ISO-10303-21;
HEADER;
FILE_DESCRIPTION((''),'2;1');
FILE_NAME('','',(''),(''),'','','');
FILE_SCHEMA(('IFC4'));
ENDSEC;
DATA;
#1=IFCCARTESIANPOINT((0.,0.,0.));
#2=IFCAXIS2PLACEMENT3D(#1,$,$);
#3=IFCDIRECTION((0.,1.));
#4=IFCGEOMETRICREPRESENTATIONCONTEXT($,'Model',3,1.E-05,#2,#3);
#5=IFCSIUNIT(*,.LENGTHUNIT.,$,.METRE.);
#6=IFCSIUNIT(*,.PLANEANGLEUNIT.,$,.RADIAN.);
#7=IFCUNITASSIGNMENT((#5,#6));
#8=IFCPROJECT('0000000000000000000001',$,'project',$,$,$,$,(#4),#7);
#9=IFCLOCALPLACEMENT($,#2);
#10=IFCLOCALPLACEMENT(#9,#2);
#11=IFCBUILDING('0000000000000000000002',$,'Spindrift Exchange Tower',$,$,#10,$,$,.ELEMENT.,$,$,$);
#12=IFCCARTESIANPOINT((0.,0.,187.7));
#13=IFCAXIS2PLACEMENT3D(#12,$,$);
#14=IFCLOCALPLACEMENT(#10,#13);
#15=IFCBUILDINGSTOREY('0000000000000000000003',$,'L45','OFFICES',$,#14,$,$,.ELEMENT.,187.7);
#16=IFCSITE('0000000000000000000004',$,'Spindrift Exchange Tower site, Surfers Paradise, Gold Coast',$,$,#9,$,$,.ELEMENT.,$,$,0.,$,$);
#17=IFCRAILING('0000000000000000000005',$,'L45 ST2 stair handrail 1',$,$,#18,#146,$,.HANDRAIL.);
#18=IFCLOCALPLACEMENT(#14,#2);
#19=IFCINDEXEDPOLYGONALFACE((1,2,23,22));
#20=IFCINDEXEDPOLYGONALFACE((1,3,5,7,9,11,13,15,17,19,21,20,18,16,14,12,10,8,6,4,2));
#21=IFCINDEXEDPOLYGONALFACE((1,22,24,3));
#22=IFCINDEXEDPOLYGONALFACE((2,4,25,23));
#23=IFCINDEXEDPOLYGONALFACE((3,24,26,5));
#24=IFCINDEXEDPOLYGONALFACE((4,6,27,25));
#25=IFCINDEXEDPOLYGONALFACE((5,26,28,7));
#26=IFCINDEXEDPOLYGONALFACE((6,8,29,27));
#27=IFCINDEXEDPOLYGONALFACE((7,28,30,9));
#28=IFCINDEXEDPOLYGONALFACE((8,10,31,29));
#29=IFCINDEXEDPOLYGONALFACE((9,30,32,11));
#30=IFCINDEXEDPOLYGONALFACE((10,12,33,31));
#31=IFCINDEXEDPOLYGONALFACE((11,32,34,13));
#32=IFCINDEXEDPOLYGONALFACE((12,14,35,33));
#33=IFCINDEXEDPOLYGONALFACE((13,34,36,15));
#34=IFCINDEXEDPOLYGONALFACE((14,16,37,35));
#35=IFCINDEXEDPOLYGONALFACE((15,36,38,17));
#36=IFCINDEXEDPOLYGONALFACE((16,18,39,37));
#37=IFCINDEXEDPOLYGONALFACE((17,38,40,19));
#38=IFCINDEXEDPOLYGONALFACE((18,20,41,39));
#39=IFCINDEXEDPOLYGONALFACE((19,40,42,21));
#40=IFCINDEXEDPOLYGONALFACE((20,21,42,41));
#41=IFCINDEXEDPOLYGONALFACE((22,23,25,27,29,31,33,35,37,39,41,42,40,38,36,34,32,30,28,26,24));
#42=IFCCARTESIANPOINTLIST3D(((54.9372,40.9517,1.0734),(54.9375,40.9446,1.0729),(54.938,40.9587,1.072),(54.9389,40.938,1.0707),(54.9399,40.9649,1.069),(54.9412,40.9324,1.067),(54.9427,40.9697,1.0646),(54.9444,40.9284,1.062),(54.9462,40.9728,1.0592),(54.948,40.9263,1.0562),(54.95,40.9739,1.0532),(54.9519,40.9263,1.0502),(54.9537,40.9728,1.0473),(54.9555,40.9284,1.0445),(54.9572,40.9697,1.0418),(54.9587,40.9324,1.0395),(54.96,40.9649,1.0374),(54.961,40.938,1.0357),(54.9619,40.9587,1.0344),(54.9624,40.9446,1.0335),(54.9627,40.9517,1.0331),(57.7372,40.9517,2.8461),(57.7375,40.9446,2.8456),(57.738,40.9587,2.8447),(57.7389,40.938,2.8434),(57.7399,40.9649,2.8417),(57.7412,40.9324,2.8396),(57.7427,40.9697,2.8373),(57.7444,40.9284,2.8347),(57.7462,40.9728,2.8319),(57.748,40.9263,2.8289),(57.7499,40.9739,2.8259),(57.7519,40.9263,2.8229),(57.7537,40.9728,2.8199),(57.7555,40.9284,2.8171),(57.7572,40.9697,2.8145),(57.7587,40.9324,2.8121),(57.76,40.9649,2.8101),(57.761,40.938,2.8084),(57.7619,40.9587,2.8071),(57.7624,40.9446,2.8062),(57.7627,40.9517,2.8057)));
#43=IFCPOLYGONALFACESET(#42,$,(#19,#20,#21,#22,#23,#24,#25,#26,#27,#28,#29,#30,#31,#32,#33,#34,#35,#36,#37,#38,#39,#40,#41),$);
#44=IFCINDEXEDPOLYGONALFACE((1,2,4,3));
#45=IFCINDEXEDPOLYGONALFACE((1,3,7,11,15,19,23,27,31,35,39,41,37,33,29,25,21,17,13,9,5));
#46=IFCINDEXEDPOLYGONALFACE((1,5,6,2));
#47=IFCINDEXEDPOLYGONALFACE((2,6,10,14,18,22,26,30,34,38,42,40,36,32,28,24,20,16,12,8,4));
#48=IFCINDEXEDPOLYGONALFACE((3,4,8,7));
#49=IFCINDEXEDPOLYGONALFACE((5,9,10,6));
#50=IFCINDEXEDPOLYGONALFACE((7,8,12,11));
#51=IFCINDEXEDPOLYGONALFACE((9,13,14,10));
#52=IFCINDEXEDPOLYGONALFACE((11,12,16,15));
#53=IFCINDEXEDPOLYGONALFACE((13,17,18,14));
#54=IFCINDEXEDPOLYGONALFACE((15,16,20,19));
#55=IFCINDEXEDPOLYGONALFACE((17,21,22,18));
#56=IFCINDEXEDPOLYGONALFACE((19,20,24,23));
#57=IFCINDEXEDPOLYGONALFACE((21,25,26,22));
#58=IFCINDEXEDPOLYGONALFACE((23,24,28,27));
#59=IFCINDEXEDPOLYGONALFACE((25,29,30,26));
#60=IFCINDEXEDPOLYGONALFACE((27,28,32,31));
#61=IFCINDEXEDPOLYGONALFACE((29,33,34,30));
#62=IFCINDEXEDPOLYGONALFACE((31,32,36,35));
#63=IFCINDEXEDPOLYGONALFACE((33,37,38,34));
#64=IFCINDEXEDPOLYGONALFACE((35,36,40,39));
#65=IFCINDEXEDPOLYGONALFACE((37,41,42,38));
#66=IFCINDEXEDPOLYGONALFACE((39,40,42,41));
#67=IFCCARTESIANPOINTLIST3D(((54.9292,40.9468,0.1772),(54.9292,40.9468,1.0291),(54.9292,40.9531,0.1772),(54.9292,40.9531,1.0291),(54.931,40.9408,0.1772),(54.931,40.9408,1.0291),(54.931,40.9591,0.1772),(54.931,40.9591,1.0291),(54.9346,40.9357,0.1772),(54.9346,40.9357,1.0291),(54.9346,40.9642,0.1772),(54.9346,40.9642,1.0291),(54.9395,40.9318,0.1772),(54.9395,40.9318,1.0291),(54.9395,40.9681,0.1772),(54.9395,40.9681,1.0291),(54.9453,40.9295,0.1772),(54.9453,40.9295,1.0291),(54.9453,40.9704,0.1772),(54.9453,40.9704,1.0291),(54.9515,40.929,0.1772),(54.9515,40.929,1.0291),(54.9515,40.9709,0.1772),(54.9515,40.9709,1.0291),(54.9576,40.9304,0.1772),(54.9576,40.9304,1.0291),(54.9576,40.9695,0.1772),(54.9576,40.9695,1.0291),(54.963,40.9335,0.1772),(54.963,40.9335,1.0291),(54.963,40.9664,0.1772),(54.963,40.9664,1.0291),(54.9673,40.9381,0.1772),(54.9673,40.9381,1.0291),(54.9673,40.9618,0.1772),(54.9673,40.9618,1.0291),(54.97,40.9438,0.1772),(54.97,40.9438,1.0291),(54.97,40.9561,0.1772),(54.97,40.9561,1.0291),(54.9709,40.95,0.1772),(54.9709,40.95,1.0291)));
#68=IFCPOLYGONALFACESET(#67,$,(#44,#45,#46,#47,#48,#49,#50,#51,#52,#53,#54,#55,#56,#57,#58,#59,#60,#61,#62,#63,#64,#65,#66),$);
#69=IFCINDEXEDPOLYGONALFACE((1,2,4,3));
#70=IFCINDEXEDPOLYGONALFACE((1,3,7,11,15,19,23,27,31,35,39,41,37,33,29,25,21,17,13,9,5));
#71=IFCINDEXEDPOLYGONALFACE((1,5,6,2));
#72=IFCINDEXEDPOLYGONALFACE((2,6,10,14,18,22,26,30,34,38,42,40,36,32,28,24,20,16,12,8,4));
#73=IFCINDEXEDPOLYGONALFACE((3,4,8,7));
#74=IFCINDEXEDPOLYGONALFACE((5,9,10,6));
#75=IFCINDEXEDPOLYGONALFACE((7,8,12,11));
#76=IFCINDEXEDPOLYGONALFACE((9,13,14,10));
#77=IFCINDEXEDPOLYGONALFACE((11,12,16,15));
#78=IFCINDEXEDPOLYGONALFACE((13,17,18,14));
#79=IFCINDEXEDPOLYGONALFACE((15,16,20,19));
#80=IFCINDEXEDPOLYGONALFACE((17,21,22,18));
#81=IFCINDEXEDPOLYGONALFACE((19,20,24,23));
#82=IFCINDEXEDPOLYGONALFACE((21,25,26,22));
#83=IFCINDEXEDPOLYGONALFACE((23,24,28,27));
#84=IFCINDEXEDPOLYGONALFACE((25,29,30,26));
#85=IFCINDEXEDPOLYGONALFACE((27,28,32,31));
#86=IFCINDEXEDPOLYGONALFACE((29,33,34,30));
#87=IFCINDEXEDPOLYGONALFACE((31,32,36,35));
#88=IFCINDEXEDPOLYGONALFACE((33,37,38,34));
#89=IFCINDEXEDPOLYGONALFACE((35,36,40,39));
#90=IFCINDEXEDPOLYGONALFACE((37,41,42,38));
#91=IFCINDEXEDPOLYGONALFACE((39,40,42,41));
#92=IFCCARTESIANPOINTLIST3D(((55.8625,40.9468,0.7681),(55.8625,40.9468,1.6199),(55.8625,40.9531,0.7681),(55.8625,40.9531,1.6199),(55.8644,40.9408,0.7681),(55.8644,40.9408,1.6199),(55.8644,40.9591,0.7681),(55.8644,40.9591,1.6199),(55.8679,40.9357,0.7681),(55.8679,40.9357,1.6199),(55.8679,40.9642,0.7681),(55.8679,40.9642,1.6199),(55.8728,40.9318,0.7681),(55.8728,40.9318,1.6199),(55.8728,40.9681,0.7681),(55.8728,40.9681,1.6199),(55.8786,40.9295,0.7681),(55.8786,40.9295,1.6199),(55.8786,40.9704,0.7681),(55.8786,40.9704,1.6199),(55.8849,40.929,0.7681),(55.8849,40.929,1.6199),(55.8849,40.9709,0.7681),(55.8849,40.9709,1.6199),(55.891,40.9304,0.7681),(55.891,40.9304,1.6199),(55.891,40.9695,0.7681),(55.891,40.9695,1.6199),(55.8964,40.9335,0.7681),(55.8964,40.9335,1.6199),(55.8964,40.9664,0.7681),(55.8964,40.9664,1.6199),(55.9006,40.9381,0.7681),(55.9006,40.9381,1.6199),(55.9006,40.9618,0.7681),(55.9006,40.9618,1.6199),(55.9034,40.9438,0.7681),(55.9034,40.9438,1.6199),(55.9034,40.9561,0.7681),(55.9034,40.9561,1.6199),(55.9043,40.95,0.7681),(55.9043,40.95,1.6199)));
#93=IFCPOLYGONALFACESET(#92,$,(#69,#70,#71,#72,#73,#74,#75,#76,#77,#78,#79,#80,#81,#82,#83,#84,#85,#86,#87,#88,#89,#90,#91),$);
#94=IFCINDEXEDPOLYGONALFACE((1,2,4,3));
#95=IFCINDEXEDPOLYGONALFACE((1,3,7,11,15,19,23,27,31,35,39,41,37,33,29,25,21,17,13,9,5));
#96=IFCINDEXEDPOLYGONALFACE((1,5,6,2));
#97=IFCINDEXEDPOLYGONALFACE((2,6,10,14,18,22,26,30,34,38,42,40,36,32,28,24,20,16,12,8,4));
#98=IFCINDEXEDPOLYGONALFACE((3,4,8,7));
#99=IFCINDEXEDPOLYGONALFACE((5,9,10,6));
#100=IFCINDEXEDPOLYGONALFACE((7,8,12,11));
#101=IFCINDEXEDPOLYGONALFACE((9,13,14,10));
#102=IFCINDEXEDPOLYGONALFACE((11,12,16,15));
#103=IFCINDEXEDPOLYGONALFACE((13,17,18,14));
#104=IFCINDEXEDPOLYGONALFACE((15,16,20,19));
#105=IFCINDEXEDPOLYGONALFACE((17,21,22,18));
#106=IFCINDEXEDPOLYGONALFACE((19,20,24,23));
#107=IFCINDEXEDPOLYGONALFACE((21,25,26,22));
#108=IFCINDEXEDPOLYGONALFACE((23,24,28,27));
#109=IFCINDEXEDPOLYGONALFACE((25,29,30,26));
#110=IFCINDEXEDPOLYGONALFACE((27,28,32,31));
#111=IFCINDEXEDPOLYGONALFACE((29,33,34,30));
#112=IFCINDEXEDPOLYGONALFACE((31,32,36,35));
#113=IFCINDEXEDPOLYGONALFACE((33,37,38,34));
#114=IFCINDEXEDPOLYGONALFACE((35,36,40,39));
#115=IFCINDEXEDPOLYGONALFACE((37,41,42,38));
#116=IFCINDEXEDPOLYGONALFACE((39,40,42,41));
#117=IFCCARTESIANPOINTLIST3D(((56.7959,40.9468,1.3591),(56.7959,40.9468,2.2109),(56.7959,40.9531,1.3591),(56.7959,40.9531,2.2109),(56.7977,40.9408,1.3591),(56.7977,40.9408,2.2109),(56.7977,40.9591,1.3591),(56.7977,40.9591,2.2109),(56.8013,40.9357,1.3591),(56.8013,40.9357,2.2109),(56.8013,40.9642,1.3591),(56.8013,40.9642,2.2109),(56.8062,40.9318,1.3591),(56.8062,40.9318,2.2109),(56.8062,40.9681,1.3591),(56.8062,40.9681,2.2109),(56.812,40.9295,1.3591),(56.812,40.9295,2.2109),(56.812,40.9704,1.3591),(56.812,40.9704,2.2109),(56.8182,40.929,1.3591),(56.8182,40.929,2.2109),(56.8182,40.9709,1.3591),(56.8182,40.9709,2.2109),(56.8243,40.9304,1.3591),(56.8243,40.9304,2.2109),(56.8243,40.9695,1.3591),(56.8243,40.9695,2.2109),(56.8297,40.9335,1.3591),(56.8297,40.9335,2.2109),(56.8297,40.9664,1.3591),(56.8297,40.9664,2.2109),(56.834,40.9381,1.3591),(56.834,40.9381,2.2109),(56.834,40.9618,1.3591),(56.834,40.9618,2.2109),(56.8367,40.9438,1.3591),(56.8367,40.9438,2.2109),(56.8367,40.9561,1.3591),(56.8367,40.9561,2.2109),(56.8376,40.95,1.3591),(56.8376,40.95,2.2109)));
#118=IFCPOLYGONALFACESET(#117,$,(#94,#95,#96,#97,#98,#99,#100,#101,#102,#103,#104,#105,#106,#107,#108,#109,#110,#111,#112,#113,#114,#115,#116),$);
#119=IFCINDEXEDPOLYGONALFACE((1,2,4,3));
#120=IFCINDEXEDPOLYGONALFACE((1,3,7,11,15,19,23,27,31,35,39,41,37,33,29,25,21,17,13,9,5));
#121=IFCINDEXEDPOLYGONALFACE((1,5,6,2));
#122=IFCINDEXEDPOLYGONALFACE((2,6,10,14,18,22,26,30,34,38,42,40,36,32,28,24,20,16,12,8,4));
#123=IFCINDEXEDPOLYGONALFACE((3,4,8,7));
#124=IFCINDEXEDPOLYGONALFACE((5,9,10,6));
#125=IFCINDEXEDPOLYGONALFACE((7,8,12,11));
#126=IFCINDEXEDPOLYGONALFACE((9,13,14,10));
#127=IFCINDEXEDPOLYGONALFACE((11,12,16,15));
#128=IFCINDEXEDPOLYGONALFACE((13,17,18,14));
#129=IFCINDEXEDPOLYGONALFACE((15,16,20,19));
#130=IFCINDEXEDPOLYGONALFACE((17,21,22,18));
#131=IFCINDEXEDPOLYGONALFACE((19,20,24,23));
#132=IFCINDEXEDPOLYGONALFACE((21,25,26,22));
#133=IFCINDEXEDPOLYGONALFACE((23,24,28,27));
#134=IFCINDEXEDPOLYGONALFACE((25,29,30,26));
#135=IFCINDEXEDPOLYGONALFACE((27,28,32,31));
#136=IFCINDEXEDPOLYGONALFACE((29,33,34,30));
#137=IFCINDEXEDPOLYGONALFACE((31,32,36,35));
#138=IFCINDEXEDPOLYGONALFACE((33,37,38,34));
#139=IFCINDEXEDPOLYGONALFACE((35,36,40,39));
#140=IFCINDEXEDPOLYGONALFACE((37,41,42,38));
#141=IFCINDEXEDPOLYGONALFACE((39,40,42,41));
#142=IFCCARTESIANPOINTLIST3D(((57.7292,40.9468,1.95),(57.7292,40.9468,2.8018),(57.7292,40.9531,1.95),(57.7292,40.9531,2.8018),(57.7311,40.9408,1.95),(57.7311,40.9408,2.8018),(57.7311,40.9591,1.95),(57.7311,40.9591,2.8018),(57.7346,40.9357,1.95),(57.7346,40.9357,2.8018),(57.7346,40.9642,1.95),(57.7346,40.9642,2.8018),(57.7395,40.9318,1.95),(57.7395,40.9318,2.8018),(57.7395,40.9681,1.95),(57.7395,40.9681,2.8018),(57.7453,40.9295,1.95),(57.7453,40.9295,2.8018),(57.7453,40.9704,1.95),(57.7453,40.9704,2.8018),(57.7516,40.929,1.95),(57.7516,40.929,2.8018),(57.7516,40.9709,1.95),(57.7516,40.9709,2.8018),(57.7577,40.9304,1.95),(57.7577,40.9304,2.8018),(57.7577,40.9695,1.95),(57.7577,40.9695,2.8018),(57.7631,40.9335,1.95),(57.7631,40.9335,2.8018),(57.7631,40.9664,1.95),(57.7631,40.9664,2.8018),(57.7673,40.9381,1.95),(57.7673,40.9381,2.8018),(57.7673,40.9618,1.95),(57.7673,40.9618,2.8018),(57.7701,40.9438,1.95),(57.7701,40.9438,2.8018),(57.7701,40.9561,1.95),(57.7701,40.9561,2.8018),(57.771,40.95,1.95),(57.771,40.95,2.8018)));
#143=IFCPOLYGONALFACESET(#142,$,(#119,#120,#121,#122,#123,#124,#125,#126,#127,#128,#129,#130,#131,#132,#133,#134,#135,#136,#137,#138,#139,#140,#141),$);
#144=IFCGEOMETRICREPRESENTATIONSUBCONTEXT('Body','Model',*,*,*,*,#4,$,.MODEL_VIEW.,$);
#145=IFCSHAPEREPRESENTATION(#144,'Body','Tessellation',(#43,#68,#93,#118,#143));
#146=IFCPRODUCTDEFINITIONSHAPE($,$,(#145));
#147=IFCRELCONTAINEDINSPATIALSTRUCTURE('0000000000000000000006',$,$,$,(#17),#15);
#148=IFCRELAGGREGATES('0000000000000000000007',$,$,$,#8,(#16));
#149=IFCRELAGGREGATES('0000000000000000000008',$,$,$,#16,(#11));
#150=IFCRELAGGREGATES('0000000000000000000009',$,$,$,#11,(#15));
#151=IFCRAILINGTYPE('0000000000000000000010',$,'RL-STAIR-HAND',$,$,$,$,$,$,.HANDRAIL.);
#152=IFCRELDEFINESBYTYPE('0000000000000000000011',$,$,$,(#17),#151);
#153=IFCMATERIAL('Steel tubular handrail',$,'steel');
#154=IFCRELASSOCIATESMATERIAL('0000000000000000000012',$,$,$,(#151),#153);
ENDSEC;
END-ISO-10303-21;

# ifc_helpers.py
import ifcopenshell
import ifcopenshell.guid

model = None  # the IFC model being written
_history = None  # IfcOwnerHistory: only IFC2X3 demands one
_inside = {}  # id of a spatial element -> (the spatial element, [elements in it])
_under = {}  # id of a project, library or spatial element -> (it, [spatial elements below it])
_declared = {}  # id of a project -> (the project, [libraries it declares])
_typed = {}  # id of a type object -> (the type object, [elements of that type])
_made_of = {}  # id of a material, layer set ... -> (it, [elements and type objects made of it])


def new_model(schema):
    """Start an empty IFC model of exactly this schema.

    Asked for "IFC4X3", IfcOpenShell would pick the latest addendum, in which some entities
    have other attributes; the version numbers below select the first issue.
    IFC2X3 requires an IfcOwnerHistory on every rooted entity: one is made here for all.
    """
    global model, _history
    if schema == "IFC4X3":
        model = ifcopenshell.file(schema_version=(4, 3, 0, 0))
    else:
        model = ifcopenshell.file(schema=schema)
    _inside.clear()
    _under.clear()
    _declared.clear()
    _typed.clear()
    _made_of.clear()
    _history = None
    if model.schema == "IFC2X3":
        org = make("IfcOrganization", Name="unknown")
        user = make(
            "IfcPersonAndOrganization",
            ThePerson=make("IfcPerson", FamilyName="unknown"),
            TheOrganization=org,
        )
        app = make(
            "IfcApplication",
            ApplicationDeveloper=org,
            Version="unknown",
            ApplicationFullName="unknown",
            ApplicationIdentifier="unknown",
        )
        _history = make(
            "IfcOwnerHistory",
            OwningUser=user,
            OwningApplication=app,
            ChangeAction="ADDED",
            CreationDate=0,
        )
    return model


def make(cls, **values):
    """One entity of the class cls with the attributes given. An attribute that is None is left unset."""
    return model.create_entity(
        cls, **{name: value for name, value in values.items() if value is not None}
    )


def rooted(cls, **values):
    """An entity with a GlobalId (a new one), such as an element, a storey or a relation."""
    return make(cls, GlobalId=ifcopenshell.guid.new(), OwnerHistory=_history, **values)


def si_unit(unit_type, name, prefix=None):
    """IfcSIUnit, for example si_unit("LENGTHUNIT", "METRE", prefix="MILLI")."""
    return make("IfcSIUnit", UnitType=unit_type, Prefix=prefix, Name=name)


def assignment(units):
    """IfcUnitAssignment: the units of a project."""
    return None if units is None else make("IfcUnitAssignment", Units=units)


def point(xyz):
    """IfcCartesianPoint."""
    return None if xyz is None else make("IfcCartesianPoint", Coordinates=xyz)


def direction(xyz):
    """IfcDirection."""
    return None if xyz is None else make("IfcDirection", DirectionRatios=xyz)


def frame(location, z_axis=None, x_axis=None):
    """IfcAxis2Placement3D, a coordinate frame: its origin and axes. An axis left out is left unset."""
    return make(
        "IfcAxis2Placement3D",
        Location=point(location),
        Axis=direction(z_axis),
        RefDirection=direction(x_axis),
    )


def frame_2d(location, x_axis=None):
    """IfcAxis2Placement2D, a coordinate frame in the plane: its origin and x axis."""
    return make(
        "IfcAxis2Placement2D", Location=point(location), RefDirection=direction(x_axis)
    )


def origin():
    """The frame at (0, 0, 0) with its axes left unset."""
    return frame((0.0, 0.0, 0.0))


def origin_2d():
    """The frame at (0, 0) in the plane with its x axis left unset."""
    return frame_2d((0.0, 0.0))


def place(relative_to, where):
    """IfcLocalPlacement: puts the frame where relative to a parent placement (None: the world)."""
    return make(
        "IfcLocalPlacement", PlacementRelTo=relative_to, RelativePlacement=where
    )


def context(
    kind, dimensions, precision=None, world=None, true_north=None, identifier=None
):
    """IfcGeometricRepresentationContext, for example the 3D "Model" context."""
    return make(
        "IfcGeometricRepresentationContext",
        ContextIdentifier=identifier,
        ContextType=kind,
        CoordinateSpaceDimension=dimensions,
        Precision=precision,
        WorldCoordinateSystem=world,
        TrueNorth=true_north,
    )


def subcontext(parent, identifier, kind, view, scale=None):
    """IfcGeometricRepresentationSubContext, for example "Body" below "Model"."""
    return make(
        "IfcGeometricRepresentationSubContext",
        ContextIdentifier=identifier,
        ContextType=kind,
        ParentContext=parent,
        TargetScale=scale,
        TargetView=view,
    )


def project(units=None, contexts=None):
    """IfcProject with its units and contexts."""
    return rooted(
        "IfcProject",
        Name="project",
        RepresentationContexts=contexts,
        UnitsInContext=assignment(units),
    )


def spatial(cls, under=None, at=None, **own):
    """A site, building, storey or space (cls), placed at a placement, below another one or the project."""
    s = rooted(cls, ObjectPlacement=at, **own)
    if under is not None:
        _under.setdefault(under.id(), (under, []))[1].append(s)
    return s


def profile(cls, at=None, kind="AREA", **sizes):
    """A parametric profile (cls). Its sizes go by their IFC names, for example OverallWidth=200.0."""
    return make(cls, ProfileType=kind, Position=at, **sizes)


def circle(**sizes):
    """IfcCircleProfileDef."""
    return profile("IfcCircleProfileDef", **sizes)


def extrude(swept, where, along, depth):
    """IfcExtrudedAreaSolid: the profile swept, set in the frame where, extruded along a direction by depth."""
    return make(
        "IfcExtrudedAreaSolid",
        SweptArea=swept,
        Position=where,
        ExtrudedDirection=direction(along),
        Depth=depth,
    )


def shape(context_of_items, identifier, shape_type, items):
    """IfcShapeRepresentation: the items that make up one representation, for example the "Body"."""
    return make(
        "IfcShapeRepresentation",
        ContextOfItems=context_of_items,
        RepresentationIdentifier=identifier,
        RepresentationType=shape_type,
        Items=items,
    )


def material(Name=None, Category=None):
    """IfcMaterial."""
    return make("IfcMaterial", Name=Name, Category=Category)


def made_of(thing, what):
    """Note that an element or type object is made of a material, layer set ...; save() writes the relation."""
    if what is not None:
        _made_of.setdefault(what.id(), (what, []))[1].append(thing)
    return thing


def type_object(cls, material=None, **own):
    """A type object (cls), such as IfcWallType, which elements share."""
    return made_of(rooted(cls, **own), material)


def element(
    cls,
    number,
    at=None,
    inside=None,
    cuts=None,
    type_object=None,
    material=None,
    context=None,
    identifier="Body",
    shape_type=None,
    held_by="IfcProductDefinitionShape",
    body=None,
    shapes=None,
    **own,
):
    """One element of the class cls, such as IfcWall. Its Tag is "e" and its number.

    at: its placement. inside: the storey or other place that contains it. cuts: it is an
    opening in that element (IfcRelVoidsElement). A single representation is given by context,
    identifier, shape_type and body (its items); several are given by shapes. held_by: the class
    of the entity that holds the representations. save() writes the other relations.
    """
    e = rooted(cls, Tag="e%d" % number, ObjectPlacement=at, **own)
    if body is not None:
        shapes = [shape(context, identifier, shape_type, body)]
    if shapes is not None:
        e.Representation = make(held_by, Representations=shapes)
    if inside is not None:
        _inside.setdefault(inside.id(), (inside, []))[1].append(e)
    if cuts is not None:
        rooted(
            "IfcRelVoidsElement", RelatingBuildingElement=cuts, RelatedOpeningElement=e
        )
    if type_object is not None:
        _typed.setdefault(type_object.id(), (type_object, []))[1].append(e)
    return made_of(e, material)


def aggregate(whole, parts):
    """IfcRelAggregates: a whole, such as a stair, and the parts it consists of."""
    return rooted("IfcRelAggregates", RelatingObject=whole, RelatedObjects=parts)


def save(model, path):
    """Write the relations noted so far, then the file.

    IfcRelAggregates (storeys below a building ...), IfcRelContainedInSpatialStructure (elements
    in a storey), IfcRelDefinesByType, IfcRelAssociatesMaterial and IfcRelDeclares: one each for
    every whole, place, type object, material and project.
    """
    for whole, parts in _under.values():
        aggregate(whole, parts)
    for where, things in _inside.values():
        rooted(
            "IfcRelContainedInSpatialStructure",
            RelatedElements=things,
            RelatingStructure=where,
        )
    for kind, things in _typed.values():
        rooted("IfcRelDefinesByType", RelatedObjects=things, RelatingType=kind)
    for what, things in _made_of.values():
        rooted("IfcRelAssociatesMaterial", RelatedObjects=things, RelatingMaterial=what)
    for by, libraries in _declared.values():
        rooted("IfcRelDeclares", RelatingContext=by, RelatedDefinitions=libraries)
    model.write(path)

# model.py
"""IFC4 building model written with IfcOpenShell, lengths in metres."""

from ifc_helpers import new_model, si_unit, direction, frame, origin, origin_2d, place, context, subcontext, project, spatial, circle, extrude, material, type_object, element, save


model = new_model("IFC4")

# Units and contexts
model_context = context("Model", 3, precision=1e-05, world=origin(), true_north=direction((0.0, 1.0)))
body_context = subcontext(model_context, "Body", "Model", "MODEL_VIEW")
ifc_project = project(units=[si_unit("LENGTHUNIT", "METRE"), si_unit("PLANEANGLEUNIT", "RADIAN")], contexts=[model_context])

# Site, building, storey
site_placement = place(None, origin())
site = spatial("IfcSite", under=ifc_project, at=site_placement, Name="Spindrift Exchange Tower site, Surfers Paradise, Gold Coast", CompositionType="ELEMENT", RefElevation=0.0)
building_placement = place(site_placement, origin())
building = spatial("IfcBuilding", under=site, at=building_placement, Name="Spindrift Exchange Tower", CompositionType="ELEMENT")
storey_placement = place(building_placement, frame((0.0, 0.0, 187.7)))
storey = spatial("IfcBuildingStorey", under=building, at=storey_placement, Name="L45", Description="OFFICES", CompositionType="ELEMENT", Elevation=187.7)

# Railing
ifc_material_1 = material(Name="Steel tubular handrail", Category="steel")
railing_type = type_object("IfcRailingType", Name="RL-STAIR-HAND", PredefinedType="HANDRAIL", material=ifc_material_1)
railing_placement = place(storey_placement, frame((54.95, 40.95, 0.1772)))
element("IfcRailing", 1, at=railing_placement, inside=storey, type_object=railing_type, Name="L45 ST2 stair handrail 1", PredefinedType="HANDRAIL", context=body_context, shape_type="SweptSolid", body=[
    extrude(circle(Radius=0.0239, at=origin_2d()), frame((0.0, 0.0, 0.876), z_axis=(0.844909, 0.0, 0.53491), x_axis=(0.0, 1.0, 0.0)), (0.0, 0.0, 1.0), 3.314),
    extrude(circle(Radius=0.021, at=origin_2d()), origin(), (0.0, 0.0, 1.0), 0.8518),
    extrude(circle(Radius=0.021, at=origin_2d()), frame((0.9333, 0.0, 0.5908)), (0.0, 0.0, 1.0), 0.8518),
    extrude(circle(Radius=0.021, at=origin_2d()), frame((1.8667, 0.0, 1.1819)), (0.0, 0.0, 1.0), 0.8518),
    extrude(circle(Radius=0.021, at=origin_2d()), frame((2.8, 0.0, 1.7727)), (0.0, 0.0, 1.0), 0.8518),
])

save(model, "model.ifc")
